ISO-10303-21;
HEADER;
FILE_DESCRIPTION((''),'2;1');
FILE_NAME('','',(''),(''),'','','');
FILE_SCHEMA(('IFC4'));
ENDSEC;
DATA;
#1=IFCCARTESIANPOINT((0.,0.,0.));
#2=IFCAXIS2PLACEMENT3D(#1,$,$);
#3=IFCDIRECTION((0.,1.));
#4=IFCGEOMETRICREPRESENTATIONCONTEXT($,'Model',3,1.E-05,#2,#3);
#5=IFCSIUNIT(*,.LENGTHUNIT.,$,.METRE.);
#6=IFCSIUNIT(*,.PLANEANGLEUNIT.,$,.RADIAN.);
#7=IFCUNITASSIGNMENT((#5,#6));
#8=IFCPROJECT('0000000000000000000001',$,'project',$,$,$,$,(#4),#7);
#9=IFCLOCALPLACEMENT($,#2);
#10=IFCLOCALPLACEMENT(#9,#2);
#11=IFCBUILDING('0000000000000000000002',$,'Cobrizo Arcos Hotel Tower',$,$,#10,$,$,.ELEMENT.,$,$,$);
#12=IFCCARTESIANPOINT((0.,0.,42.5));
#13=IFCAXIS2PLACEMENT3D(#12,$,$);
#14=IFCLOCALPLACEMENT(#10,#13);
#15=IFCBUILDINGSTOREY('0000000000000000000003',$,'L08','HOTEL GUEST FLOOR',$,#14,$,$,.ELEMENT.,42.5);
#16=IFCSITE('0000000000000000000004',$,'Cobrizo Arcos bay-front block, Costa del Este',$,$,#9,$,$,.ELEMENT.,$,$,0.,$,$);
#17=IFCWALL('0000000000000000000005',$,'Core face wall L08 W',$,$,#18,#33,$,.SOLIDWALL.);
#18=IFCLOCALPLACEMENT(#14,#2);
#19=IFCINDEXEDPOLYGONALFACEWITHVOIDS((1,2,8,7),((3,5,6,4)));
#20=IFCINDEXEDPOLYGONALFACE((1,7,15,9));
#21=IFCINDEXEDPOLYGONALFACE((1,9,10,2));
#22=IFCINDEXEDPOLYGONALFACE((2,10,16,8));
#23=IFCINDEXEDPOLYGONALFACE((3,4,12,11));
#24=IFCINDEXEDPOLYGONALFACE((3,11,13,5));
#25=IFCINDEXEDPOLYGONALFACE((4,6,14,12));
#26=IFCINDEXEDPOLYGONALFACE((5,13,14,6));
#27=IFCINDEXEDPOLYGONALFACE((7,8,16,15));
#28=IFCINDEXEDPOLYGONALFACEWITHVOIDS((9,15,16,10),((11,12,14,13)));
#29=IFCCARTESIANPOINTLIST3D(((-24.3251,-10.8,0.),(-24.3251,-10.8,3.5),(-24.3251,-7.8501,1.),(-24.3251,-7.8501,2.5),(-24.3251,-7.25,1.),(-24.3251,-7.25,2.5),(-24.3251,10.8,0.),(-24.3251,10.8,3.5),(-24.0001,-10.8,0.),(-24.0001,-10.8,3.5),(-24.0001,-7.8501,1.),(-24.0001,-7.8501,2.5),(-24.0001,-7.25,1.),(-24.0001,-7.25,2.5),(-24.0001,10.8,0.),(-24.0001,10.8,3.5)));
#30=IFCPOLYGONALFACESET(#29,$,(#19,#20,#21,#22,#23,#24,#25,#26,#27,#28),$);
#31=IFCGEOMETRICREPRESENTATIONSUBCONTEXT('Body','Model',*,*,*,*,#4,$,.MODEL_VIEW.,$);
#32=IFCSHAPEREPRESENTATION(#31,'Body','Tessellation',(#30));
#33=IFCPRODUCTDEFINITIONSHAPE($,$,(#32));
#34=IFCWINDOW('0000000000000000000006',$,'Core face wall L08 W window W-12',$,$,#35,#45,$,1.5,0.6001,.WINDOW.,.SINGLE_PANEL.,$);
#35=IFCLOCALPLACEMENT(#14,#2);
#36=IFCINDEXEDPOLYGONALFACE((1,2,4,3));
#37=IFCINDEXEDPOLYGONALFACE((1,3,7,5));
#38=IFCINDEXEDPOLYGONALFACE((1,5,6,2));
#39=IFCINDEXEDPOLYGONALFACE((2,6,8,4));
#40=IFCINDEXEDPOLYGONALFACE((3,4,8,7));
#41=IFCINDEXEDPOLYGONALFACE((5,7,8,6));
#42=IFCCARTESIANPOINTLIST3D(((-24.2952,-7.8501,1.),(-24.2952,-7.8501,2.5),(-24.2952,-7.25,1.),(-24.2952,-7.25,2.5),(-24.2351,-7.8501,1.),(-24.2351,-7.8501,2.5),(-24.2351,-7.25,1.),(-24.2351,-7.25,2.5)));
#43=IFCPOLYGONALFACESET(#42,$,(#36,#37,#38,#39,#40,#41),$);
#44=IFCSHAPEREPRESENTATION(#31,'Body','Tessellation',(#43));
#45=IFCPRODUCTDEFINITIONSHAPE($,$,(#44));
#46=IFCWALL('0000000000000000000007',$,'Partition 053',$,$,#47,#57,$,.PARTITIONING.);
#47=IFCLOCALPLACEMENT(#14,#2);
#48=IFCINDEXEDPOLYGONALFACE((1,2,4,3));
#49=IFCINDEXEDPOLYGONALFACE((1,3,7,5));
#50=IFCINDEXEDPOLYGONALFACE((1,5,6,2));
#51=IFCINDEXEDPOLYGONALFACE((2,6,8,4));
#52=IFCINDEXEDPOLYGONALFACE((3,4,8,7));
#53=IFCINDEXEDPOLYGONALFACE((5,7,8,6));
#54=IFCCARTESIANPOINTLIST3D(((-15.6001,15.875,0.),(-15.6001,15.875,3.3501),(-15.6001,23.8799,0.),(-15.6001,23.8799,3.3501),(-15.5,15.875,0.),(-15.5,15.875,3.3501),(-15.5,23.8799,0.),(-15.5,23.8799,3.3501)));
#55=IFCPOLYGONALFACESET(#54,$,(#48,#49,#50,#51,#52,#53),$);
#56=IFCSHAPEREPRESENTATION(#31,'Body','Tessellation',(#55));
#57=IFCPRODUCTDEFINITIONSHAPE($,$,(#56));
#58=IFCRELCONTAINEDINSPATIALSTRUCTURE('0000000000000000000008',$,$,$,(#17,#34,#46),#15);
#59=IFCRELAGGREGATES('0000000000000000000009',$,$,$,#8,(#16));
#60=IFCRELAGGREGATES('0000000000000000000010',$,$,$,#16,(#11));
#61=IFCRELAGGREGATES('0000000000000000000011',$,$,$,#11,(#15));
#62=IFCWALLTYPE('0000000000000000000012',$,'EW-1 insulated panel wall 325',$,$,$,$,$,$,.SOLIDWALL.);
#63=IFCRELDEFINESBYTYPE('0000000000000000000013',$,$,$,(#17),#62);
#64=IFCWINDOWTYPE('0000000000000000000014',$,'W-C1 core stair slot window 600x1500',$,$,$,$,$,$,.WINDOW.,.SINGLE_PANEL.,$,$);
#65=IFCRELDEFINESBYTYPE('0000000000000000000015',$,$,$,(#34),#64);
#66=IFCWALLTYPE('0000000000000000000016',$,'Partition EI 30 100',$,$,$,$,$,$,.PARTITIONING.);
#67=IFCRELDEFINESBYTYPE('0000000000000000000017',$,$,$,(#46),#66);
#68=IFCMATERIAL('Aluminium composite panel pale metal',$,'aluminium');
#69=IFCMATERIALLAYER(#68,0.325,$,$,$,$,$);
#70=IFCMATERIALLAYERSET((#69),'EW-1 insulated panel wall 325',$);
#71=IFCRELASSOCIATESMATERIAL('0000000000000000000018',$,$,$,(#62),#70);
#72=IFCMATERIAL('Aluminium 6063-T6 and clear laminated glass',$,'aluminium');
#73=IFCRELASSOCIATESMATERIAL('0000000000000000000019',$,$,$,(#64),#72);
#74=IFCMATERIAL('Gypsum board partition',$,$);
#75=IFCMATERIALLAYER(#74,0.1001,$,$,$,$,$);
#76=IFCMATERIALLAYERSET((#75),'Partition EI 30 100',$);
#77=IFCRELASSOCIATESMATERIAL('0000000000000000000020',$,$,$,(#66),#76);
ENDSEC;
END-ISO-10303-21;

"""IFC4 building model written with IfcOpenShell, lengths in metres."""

from ifc_helpers import new_model, si_unit, direction, frame, frame_2d, origin, place, context, subcontext, project, spatial, rectangle, extrude, material, layer, layer_set, type_object, element, fill, save


model = new_model("IFC4")

# Units and contexts
model_context = context("Model", 3, precision=1e-05, world=origin(), true_north=direction((0.0, 1.0)))
body_context = subcontext(model_context, "Body", "Model", "MODEL_VIEW")
ifc_project = project(units=[si_unit("LENGTHUNIT", "METRE"), si_unit("PLANEANGLEUNIT", "RADIAN")], contexts=[model_context])

# Site, building, storey
site_placement = place(None, origin())
site = spatial("IfcSite", under=ifc_project, at=site_placement, Name="Cobrizo Arcos bay-front block, Costa del Este", CompositionType="ELEMENT", RefElevation=0.0)
building_placement = place(site_placement, origin())
building = spatial("IfcBuilding", under=site, at=building_placement, Name="Cobrizo Arcos Hotel Tower", CompositionType="ELEMENT")
storey_placement = place(building_placement, frame((0.0, 0.0, 42.5)))
storey = spatial("IfcBuildingStorey", under=building, at=storey_placement, Name="L08", Description="HOTEL GUEST FLOOR", CompositionType="ELEMENT", Elevation=42.5)

# Shared definitions
ifc_material_1 = material(Name="Aluminium composite panel pale metal", Category="aluminium")

# Shared definitions
ifc_material_2 = material(Name="Gypsum board partition")

# Wall, opening, window
ifc_layer_1 = layer(ifc_material_1, 0.325)
ifc_layer_set_1 = layer_set([ifc_layer_1], Name="EW-1 insulated panel wall 325")
wall_type_1 = type_object("IfcWallType", Name="EW-1 insulated panel wall 325", PredefinedType="SOLIDWALL", material=ifc_layer_set_1)
wall_1_placement = place(storey_placement, frame((-24.1626, 10.8, 0.0), z_axis=(0.0, 0.0, 1.0), x_axis=(0.0, -1.0, 0.0)))
wall_1 = element("IfcWall", 1, at=wall_1_placement, inside=storey, type_object=wall_type_1, Name="Core face wall L08 W", PredefinedType="SOLIDWALL", context=body_context, shape_type="SweptSolid", body=[
    extrude(rectangle(XDim=21.6001, YDim=0.325, at=frame_2d((10.8, 0.0))), origin(), (0.0, 0.0, 1.0), 3.5),
])
opening_1_placement = place(wall_1_placement, frame((18.05, 0.0, 1.0)))
opening_1 = element("IfcOpeningElement", 2, at=opening_1_placement, cuts=wall_1, PredefinedType="OPENING", context=body_context, shape_type="SweptSolid", body=[
    extrude(rectangle(XDim=0.6001, YDim=1.5, at=frame_2d((0.3, 0.75))), frame((0.0, 0.1746, 0.0), z_axis=(0.0, -1.0, 0.0), x_axis=(1.0, 0.0, 0.0)), (0.0, 0.0, 1.0), 0.3489),
])
ifc_material_3 = material(Name="Aluminium 6063-T6 and clear laminated glass", Category="aluminium")
window_type = type_object("IfcWindowType", Name="W-C1 core stair slot window 600x1500", PartitioningType="SINGLE_PANEL", PredefinedType="WINDOW", material=ifc_material_3)
window_placement = place(opening_1_placement, origin())
window = element("IfcWindow", 3, at=window_placement, inside=storey, type_object=window_type, Name="Core face wall L08 W window W-12", OverallHeight=1.5, OverallWidth=0.6001, PartitioningType="SINGLE_PANEL", PredefinedType="WINDOW", context=body_context, shape_type="SweptSolid", body=[
    extrude(rectangle(XDim=0.6001, YDim=1.5, at=frame_2d((0.3, 0.75))), frame((0.0, -0.0725, 0.0), z_axis=(0.0, -1.0, 0.0), x_axis=(1.0, 0.0, 0.0)), (0.0, 0.0, 1.0), 0.0601),
])
fill(opening_1, window)

# Wall
ifc_layer_2 = layer(ifc_material_2, 0.1001)
ifc_layer_set_2 = layer_set([ifc_layer_2], Name="Partition EI 30 100")
wall_type_2 = type_object("IfcWallType", Name="Partition EI 30 100", PredefinedType="PARTITIONING", material=ifc_layer_set_2)
wall_2_placement = place(storey_placement, frame((-15.55, 15.875, 0.0), z_axis=(0.0, 0.0, 1.0), x_axis=(0.0, 1.0, 0.0)))
element("IfcWall", 4, at=wall_2_placement, inside=storey, type_object=wall_type_2, Name="Partition 053", PredefinedType="PARTITIONING", context=body_context, shape_type="SweptSolid", body=[
    extrude(rectangle(XDim=8.0049, YDim=0.1001, at=frame_2d((4.0024, 0.0))), origin(), (0.0, 0.0, 1.0), 3.3501),
])

save(model, "model.ifc")
